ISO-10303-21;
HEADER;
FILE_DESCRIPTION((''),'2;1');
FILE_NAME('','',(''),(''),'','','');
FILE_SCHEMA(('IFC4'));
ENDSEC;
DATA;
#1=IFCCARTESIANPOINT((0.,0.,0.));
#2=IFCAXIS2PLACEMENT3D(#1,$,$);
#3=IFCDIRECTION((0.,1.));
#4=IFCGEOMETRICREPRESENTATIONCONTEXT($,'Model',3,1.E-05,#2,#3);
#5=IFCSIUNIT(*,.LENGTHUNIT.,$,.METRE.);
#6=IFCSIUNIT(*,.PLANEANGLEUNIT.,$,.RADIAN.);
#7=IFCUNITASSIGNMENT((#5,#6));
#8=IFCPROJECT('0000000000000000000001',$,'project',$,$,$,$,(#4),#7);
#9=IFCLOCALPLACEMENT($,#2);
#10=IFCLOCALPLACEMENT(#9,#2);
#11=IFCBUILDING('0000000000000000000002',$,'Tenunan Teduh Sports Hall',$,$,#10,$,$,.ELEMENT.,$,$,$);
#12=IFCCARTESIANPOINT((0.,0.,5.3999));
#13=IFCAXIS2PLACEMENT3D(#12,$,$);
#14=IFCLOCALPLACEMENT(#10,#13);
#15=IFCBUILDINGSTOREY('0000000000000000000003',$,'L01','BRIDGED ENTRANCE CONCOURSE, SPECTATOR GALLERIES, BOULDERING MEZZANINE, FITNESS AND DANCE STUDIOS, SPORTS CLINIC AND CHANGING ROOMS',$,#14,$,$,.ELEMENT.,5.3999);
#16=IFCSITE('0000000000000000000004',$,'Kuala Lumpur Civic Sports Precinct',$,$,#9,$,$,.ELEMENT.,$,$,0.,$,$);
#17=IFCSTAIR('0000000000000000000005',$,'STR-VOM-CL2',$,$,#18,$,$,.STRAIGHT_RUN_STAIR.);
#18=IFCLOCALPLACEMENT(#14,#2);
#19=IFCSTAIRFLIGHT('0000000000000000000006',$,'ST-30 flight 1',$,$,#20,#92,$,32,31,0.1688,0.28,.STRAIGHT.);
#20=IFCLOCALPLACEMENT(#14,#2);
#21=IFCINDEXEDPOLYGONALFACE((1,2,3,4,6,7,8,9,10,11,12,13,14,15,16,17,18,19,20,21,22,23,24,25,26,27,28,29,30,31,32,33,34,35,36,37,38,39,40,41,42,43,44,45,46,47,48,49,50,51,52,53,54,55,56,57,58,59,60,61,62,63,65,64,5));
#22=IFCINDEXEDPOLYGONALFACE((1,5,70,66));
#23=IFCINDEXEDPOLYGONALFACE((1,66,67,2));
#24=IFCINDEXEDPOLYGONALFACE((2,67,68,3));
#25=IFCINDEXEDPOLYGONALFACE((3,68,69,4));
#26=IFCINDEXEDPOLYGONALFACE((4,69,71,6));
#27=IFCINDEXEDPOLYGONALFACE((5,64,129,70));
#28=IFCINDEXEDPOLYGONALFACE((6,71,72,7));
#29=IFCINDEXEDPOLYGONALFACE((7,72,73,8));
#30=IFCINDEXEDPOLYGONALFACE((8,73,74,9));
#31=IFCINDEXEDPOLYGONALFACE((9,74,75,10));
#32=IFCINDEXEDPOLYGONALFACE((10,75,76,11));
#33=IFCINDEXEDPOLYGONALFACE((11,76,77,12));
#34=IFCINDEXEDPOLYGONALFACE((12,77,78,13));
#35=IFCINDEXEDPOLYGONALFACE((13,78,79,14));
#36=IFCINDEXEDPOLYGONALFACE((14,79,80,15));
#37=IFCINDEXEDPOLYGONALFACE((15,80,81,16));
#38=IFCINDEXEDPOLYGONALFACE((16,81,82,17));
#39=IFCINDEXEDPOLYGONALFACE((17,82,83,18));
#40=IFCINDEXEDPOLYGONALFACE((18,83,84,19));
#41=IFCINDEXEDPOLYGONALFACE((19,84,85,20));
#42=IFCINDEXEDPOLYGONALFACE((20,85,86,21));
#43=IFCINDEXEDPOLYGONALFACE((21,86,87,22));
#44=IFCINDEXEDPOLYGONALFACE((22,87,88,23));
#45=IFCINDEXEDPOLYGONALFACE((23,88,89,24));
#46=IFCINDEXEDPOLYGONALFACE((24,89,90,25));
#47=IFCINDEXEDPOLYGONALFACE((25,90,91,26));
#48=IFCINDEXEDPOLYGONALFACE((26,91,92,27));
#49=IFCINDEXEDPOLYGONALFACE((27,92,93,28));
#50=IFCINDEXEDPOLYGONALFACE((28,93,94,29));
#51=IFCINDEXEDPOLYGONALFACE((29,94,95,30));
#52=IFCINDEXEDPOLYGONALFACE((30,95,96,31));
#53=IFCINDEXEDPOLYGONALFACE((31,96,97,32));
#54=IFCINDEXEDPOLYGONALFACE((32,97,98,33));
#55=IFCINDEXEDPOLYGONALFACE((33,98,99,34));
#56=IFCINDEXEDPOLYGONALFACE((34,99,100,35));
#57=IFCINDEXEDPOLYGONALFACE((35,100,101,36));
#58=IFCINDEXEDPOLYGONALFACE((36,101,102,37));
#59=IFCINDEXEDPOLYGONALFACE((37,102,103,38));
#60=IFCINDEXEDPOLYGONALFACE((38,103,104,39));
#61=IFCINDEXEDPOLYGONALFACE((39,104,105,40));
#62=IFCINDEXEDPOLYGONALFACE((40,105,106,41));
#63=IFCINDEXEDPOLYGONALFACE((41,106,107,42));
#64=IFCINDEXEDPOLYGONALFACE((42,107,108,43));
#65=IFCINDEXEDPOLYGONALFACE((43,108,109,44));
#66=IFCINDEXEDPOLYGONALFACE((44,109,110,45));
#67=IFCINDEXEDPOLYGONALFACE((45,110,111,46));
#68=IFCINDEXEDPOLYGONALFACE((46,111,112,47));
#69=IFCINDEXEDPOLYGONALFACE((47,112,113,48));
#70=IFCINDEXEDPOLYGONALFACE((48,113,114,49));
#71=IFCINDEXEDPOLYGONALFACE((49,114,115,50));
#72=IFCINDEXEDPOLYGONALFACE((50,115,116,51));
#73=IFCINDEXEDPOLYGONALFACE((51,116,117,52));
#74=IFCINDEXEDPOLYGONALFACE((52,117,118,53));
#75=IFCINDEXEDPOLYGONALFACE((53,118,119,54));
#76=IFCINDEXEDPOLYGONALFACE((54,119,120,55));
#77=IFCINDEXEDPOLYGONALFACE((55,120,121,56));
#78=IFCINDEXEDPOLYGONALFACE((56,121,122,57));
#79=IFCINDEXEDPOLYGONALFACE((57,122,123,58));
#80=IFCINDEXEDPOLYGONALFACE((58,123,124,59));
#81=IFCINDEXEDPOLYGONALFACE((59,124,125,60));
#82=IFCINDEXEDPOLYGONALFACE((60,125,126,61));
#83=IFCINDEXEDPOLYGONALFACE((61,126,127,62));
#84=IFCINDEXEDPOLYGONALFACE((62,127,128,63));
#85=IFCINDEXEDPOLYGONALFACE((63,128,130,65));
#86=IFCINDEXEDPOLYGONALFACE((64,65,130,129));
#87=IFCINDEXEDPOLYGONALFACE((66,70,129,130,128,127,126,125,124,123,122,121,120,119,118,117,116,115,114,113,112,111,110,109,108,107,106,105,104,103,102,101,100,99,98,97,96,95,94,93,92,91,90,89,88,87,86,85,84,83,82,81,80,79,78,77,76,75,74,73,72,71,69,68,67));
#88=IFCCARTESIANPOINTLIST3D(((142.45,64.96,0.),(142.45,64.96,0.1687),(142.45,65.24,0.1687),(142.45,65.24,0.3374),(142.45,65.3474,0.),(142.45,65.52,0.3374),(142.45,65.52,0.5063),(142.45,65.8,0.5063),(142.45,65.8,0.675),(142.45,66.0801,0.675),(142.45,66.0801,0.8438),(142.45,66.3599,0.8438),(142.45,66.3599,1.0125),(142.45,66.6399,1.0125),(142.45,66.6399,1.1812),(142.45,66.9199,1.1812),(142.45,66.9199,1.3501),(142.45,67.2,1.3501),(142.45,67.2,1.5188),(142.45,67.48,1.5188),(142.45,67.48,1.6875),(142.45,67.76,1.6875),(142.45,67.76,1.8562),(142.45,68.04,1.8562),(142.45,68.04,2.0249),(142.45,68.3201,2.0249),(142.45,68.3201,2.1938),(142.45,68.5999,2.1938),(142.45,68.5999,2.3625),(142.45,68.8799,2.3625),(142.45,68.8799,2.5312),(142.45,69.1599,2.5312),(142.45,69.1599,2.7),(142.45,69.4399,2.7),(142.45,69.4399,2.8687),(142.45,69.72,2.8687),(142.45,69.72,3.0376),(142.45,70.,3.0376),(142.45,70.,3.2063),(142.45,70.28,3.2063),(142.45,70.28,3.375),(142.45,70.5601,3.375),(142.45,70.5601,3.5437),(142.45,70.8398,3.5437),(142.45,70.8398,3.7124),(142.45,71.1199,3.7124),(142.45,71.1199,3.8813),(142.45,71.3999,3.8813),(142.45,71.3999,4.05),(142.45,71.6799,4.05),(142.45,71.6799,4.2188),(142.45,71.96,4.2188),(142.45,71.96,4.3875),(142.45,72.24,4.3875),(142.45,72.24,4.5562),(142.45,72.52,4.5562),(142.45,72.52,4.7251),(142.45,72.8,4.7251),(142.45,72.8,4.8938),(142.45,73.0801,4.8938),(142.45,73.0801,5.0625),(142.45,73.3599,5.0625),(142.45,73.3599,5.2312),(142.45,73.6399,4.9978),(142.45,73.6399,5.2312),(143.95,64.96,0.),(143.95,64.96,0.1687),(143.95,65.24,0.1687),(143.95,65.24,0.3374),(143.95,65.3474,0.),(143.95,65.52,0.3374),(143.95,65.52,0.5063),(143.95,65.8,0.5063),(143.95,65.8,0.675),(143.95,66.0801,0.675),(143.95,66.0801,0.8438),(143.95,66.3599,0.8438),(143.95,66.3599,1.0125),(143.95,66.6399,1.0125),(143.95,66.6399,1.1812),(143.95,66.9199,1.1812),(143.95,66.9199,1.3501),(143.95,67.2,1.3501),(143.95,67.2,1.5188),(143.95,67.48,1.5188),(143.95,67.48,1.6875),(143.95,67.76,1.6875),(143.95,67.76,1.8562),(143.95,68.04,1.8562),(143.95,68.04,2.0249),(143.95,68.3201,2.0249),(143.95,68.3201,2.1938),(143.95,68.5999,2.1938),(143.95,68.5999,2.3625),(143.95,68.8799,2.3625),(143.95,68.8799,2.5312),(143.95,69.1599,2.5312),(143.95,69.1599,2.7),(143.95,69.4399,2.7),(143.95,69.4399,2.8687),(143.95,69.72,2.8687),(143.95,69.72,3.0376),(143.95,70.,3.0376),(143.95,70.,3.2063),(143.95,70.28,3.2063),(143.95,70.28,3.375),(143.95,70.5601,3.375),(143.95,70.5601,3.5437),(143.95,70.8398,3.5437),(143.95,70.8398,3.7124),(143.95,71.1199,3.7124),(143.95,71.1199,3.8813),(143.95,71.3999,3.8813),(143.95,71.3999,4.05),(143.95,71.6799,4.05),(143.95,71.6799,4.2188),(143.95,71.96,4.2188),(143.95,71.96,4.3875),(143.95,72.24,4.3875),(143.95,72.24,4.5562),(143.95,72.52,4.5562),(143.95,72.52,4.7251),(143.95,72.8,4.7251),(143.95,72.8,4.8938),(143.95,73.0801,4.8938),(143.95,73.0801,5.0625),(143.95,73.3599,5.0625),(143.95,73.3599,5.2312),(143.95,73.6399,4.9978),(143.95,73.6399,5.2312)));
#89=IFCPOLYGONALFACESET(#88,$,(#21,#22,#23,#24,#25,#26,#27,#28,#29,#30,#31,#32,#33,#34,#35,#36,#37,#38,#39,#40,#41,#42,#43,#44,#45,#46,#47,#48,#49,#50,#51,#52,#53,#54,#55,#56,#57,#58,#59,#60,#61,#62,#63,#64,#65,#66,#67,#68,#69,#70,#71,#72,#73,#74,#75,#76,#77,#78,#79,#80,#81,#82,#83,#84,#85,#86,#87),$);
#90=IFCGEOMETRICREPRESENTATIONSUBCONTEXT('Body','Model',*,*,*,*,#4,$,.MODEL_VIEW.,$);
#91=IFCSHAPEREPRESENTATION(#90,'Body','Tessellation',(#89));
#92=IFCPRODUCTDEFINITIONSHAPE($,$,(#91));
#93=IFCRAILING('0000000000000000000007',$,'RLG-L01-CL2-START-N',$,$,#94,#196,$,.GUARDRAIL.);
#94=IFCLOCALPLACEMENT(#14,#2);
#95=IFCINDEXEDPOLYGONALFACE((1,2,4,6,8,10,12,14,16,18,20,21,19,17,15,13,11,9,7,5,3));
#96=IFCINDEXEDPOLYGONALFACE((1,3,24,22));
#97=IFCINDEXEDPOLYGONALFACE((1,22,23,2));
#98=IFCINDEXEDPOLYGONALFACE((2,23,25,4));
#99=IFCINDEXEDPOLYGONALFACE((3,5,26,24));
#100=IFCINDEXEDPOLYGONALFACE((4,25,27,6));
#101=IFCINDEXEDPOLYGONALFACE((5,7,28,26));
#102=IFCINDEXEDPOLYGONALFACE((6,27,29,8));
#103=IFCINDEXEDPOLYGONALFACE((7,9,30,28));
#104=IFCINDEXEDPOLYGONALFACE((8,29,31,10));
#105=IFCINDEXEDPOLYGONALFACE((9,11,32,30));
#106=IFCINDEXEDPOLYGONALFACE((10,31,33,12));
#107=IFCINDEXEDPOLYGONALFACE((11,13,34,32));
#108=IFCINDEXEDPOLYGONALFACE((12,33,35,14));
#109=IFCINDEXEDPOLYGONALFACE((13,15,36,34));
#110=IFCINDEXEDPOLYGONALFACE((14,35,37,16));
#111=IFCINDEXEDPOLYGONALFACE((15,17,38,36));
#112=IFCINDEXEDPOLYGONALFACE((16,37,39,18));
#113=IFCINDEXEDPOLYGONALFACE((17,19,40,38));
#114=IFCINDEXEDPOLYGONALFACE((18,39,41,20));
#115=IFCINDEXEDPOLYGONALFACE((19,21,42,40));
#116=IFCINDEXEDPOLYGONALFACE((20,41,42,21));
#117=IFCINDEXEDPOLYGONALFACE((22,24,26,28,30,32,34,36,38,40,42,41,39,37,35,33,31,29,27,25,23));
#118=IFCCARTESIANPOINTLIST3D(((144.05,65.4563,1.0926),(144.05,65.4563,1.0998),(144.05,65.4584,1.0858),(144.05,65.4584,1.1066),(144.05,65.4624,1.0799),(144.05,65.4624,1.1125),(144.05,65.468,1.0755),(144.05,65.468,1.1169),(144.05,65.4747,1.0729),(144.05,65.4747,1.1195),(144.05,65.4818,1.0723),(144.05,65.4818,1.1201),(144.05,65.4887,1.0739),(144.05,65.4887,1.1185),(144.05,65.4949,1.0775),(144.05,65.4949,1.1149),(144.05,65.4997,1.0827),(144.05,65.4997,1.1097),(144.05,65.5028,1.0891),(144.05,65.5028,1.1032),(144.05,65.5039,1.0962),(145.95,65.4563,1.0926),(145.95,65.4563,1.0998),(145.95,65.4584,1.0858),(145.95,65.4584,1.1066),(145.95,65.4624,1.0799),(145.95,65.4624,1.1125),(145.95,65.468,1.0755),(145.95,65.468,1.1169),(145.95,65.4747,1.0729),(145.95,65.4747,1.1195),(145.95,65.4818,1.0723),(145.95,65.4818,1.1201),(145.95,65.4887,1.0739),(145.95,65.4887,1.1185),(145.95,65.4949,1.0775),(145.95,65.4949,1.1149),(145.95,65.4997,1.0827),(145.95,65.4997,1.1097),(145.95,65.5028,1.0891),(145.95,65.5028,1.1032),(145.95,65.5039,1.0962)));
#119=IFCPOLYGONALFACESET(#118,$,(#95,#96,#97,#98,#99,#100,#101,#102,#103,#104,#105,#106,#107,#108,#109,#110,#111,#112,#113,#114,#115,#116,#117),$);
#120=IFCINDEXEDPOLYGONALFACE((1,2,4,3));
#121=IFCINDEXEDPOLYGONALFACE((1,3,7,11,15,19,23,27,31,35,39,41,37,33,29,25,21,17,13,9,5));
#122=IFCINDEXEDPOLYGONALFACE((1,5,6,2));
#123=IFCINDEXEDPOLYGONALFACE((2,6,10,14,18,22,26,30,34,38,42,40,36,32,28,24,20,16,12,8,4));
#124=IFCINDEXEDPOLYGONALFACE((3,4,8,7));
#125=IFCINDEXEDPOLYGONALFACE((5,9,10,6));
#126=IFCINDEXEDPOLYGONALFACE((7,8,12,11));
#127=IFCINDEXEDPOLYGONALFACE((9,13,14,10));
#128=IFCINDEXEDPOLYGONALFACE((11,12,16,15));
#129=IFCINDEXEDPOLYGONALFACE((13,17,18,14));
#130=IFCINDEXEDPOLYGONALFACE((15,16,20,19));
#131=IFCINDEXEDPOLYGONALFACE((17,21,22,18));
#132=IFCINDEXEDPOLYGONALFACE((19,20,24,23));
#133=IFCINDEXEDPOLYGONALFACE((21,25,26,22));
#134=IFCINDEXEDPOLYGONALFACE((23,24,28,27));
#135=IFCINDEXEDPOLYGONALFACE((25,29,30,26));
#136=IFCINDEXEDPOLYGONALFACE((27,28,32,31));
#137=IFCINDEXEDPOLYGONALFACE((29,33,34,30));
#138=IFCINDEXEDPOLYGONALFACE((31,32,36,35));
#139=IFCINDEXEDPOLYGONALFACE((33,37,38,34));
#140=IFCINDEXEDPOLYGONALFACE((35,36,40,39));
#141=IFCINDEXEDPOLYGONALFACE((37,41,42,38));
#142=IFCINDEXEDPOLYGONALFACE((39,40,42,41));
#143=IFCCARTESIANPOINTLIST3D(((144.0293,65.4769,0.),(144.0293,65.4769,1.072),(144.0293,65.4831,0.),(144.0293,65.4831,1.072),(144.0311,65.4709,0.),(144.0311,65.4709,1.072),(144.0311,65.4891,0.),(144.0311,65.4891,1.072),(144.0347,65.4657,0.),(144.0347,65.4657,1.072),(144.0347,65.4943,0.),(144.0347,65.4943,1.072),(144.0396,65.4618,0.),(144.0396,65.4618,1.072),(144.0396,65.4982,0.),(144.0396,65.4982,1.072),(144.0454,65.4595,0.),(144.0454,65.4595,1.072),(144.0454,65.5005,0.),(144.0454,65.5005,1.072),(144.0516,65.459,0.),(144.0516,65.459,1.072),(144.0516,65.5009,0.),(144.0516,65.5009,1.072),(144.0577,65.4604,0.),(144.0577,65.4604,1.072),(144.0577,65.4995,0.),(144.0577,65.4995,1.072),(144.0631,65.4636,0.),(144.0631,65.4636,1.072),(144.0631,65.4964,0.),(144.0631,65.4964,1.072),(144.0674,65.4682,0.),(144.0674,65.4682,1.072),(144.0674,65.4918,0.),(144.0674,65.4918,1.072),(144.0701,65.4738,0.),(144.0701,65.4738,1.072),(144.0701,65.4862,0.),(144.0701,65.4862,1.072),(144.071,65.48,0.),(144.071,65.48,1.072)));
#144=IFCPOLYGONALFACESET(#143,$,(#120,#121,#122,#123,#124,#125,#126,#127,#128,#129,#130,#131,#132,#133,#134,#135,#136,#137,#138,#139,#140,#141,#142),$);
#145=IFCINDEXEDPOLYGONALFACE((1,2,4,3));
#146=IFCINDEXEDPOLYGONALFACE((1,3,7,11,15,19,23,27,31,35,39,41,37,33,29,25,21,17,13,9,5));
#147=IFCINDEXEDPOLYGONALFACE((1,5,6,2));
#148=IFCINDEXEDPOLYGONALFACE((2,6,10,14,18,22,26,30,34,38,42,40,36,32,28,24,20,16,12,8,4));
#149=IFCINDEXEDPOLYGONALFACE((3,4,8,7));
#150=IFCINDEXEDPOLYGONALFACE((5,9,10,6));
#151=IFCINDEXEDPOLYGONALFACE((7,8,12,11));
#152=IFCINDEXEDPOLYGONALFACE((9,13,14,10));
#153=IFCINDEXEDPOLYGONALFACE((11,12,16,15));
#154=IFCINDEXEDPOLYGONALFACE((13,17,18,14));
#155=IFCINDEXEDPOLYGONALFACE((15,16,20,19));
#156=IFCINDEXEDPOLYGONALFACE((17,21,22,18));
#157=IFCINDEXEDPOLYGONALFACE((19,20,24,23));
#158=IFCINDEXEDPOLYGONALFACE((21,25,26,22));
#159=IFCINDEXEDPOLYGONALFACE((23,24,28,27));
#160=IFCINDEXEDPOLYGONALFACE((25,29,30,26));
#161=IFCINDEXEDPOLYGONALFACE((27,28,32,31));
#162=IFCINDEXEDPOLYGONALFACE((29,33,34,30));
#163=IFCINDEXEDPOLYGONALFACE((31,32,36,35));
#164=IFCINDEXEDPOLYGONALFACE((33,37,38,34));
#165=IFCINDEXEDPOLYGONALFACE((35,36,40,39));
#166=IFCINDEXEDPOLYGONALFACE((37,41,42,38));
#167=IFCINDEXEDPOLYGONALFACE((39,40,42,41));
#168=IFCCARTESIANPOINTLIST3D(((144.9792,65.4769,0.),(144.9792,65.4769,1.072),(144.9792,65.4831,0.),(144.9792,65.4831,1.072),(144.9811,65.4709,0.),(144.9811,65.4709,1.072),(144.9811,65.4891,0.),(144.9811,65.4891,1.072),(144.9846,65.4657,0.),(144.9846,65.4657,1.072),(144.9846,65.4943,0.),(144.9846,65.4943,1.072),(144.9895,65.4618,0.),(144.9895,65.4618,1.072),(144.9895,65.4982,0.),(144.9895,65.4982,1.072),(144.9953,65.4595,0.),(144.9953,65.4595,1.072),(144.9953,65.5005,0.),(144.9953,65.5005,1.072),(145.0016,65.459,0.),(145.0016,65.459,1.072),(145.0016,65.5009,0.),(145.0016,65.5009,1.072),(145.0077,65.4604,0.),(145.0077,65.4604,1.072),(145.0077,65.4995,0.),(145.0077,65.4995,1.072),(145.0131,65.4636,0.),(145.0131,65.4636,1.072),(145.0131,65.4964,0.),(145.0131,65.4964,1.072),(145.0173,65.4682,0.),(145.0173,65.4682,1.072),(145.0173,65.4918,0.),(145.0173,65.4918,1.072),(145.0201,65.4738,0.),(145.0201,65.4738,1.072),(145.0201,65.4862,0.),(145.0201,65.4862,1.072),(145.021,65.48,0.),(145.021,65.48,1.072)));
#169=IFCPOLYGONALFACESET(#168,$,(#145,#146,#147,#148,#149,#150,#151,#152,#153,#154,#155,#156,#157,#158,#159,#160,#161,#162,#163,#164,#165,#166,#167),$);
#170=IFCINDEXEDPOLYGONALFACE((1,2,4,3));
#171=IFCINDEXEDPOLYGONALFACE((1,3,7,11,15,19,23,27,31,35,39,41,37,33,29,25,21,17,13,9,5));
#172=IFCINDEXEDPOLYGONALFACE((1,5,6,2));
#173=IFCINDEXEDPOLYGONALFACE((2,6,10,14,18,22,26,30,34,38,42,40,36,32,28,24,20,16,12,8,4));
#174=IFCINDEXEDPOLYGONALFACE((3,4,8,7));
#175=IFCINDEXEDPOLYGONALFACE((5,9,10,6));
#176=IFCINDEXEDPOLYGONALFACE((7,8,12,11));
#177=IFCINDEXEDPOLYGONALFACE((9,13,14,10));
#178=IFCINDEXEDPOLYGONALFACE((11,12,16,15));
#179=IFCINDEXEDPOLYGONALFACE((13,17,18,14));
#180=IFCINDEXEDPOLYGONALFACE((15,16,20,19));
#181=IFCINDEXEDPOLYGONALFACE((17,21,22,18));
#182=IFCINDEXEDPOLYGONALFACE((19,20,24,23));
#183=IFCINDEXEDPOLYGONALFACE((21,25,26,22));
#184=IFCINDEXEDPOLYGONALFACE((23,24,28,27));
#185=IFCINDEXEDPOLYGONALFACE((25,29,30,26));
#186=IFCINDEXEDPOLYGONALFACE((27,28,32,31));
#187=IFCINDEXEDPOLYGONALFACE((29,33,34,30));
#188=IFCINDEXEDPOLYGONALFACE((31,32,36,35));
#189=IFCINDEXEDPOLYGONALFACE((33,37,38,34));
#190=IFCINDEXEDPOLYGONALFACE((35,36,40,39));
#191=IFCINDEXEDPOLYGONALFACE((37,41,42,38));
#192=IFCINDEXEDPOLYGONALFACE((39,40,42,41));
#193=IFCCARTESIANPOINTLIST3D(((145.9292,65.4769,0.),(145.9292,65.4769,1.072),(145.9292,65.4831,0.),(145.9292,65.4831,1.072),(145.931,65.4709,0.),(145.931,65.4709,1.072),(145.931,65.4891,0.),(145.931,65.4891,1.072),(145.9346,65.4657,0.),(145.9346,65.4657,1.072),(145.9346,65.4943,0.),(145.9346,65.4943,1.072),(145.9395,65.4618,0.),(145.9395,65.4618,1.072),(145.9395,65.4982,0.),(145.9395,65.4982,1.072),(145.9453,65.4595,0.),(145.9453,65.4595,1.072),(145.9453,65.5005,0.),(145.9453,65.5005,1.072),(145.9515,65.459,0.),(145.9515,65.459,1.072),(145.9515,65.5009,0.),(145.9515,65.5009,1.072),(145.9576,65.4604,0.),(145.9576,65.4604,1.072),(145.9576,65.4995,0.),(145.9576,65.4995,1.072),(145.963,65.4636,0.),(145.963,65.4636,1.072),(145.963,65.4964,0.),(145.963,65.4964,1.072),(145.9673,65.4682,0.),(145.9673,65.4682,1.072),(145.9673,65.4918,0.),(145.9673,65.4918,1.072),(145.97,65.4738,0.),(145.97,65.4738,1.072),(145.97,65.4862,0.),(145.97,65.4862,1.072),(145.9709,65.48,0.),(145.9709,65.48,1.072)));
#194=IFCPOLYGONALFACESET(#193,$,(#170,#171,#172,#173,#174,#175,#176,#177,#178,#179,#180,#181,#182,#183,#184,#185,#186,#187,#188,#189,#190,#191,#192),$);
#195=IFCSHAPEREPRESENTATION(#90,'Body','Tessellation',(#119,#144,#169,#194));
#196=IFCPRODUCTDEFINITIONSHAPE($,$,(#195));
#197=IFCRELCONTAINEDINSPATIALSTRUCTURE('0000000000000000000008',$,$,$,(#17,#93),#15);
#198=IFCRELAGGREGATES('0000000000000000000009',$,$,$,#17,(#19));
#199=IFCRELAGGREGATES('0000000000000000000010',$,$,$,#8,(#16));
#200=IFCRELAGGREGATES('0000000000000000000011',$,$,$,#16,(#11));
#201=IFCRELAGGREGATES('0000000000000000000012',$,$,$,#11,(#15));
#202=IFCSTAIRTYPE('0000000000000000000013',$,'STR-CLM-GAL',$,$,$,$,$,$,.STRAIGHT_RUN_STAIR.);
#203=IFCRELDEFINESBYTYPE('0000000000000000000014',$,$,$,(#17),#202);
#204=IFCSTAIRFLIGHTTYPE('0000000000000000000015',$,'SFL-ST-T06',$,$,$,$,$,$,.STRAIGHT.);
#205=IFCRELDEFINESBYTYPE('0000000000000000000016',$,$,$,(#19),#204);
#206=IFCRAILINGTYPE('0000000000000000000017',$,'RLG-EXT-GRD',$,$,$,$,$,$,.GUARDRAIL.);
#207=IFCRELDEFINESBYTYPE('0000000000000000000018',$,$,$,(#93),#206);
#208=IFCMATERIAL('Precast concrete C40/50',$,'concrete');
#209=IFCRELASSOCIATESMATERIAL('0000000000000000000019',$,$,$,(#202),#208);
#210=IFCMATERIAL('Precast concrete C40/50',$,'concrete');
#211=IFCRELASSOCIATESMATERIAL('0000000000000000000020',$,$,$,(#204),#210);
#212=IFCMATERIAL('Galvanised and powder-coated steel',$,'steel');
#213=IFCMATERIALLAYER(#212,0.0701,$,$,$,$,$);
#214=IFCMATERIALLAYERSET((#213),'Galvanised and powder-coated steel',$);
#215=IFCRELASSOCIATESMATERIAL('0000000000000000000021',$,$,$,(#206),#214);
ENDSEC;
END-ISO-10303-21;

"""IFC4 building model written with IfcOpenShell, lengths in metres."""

from ifc_helpers import new_model, si_unit, direction, frame, origin, origin_2d, place, context, subcontext, project, spatial, polyline, circle, outline, extrude, material, layer, layer_set, type_object, element, aggregate, save


model = new_model("IFC4")

# Units and contexts
model_context = context("Model", 3, precision=1e-05, world=origin(), true_north=direction((0.0, 1.0)))
body_context = subcontext(model_context, "Body", "Model", "MODEL_VIEW")
ifc_project = project(units=[si_unit("LENGTHUNIT", "METRE"), si_unit("PLANEANGLEUNIT", "RADIAN")], contexts=[model_context])

# Site, building, storey
site_placement = place(None, origin())
site = spatial("IfcSite", under=ifc_project, at=site_placement, Name="Kuala Lumpur Civic Sports Precinct", CompositionType="ELEMENT", RefElevation=0.0)
building_placement = place(site_placement, origin())
building = spatial("IfcBuilding", under=site, at=building_placement, Name="Tenunan Teduh Sports Hall", CompositionType="ELEMENT")
storey_placement = place(building_placement, frame((0.0, 0.0, 5.3999)))
storey = spatial("IfcBuildingStorey", under=building, at=storey_placement, Name="L01", Description="BRIDGED ENTRANCE CONCOURSE, SPECTATOR GALLERIES, BOULDERING MEZZANINE, FITNESS AND DANCE STUDIOS, SPORTS CLINIC AND CHANGING ROOMS", CompositionType="ELEMENT", Elevation=5.3999)

# Stair, stair flight
ifc_material_1 = material(Name="Precast concrete C40/50", Category="concrete")
stair_type = type_object("IfcStairType", Name="STR-CLM-GAL", PredefinedType="STRAIGHT_RUN_STAIR", material=ifc_material_1)
stair_placement = place(storey_placement, origin())
stair = element("IfcStair", 1, at=stair_placement, inside=storey, type_object=stair_type, Name="STR-VOM-CL2", PredefinedType="STRAIGHT_RUN_STAIR")
ifc_material_2 = material(Name="Precast concrete C40/50", Category="concrete")
stair_flight_type = type_object("IfcStairFlightType", Name="SFL-ST-T06", PredefinedType="STRAIGHT", material=ifc_material_2)
stair_flight_placement = place(storey_placement, frame((143.2, 64.96, 0.0), z_axis=(0.0, 0.0, 1.0), x_axis=(0.0, 1.0, 0.0)))
stair_flight = element("IfcStairFlight", 2, at=stair_flight_placement, type_object=stair_flight_type, Name="ST-30 flight 1", NumberOfRisers=32, NumberOfTreads=31, PredefinedType="STRAIGHT", RiserHeight=0.1688, TreadLength=0.28, context=body_context, shape_type="SweptSolid", body=[
    extrude(outline(polyline([(0.0, 0.0), (0.0, 0.1687), (0.28, 0.1687), (0.28, 0.3374), (0.5601, 0.3374), (0.5601, 0.5063), (0.8401, 0.5063), (0.8401, 0.675), (1.1201, 0.675), (1.1201, 0.8438), (1.3999, 0.8438), (1.3999, 1.0125), (1.6799, 1.0125), (1.6799, 1.1812), (1.96, 1.1812), (1.96, 1.3501), (2.24, 1.3501), (2.24, 1.5188), (2.52, 1.5188), (2.52, 1.6875), (2.8, 1.6875), (2.8, 1.8562), (3.0801, 1.8562), (3.0801, 2.0249), (3.3601, 2.0249), (3.3601, 2.1938), (3.6399, 2.1938), (3.6399, 2.3625), (3.9199, 2.3625), (3.9199, 2.5312), (4.2, 2.5312), (4.2, 2.7), (4.48, 2.7), (4.48, 2.8687), (4.76, 2.8687), (4.76, 3.0376), (5.04, 3.0376), (5.04, 3.2063), (5.3201, 3.2063), (5.3201, 3.375), (5.6001, 3.375), (5.6001, 3.5437), (5.8799, 3.5437), (5.8799, 3.7124), (6.1599, 3.7124), (6.1599, 3.8813), (6.4399, 3.8813), (6.4399, 4.05), (6.72, 4.05), (6.72, 4.2188), (7.0, 4.2188), (7.0, 4.3875), (7.28, 4.3875), (7.28, 4.5562), (7.5601, 4.5562), (7.5601, 4.7251), (7.8401, 4.7251), (7.8401, 4.8938), (8.1201, 4.8938), (8.1201, 5.0625), (8.3999, 5.0625), (8.3999, 5.2312), (8.6799, 5.2312), (8.6799, 5.3999), (8.6799, 4.9978), (0.3875, 0.0), (0.0, 0.0)])), frame((0.0, 0.75, 0.0), z_axis=(0.0, -1.0, 0.0), x_axis=(1.0, 0.0, 0.0)), (0.0, 0.0, 1.0), 1.5),
])

# Railing
ifc_material_3 = material(Name="Galvanised and powder-coated steel", Category="steel")
ifc_layer_1 = layer(ifc_material_3, 0.0701)
ifc_layer_set_1 = layer_set([ifc_layer_1], Name="Galvanised and powder-coated steel")
railing_type_1 = type_object("IfcRailingType", Name="RLG-EXT-GRD", PredefinedType="GUARDRAIL", material=ifc_layer_set_1)
railing_1_placement = place(storey_placement, frame((144.05, 65.48, 0.0)))
element("IfcRailing", 3, at=railing_1_placement, inside=storey, type_object=railing_type_1, Name="RLG-L01-CL2-START-N", PredefinedType="GUARDRAIL", context=body_context, shape_type="SweptSolid", body=[
    extrude(circle(Radius=0.0239, at=origin_2d()), frame((0.0, 0.0, 1.0962), z_axis=(1.0, 0.0, 0.0), x_axis=(0.0, 1.0, 0.0)), (0.0, 0.0, 1.0), 1.8999),
    extrude(circle(Radius=0.021, at=origin_2d()), origin(), (0.0, 0.0, 1.0), 1.072),
    extrude(circle(Radius=0.021, at=origin_2d()), frame((0.95, 0.0, 0.0)), (0.0, 0.0, 1.0), 1.072),
    extrude(circle(Radius=0.021, at=origin_2d()), frame((1.8999, 0.0, 0.0)), (0.0, 0.0, 1.0), 1.072),
])

aggregate(stair, [stair_flight])

save(model, "model.ifc")
